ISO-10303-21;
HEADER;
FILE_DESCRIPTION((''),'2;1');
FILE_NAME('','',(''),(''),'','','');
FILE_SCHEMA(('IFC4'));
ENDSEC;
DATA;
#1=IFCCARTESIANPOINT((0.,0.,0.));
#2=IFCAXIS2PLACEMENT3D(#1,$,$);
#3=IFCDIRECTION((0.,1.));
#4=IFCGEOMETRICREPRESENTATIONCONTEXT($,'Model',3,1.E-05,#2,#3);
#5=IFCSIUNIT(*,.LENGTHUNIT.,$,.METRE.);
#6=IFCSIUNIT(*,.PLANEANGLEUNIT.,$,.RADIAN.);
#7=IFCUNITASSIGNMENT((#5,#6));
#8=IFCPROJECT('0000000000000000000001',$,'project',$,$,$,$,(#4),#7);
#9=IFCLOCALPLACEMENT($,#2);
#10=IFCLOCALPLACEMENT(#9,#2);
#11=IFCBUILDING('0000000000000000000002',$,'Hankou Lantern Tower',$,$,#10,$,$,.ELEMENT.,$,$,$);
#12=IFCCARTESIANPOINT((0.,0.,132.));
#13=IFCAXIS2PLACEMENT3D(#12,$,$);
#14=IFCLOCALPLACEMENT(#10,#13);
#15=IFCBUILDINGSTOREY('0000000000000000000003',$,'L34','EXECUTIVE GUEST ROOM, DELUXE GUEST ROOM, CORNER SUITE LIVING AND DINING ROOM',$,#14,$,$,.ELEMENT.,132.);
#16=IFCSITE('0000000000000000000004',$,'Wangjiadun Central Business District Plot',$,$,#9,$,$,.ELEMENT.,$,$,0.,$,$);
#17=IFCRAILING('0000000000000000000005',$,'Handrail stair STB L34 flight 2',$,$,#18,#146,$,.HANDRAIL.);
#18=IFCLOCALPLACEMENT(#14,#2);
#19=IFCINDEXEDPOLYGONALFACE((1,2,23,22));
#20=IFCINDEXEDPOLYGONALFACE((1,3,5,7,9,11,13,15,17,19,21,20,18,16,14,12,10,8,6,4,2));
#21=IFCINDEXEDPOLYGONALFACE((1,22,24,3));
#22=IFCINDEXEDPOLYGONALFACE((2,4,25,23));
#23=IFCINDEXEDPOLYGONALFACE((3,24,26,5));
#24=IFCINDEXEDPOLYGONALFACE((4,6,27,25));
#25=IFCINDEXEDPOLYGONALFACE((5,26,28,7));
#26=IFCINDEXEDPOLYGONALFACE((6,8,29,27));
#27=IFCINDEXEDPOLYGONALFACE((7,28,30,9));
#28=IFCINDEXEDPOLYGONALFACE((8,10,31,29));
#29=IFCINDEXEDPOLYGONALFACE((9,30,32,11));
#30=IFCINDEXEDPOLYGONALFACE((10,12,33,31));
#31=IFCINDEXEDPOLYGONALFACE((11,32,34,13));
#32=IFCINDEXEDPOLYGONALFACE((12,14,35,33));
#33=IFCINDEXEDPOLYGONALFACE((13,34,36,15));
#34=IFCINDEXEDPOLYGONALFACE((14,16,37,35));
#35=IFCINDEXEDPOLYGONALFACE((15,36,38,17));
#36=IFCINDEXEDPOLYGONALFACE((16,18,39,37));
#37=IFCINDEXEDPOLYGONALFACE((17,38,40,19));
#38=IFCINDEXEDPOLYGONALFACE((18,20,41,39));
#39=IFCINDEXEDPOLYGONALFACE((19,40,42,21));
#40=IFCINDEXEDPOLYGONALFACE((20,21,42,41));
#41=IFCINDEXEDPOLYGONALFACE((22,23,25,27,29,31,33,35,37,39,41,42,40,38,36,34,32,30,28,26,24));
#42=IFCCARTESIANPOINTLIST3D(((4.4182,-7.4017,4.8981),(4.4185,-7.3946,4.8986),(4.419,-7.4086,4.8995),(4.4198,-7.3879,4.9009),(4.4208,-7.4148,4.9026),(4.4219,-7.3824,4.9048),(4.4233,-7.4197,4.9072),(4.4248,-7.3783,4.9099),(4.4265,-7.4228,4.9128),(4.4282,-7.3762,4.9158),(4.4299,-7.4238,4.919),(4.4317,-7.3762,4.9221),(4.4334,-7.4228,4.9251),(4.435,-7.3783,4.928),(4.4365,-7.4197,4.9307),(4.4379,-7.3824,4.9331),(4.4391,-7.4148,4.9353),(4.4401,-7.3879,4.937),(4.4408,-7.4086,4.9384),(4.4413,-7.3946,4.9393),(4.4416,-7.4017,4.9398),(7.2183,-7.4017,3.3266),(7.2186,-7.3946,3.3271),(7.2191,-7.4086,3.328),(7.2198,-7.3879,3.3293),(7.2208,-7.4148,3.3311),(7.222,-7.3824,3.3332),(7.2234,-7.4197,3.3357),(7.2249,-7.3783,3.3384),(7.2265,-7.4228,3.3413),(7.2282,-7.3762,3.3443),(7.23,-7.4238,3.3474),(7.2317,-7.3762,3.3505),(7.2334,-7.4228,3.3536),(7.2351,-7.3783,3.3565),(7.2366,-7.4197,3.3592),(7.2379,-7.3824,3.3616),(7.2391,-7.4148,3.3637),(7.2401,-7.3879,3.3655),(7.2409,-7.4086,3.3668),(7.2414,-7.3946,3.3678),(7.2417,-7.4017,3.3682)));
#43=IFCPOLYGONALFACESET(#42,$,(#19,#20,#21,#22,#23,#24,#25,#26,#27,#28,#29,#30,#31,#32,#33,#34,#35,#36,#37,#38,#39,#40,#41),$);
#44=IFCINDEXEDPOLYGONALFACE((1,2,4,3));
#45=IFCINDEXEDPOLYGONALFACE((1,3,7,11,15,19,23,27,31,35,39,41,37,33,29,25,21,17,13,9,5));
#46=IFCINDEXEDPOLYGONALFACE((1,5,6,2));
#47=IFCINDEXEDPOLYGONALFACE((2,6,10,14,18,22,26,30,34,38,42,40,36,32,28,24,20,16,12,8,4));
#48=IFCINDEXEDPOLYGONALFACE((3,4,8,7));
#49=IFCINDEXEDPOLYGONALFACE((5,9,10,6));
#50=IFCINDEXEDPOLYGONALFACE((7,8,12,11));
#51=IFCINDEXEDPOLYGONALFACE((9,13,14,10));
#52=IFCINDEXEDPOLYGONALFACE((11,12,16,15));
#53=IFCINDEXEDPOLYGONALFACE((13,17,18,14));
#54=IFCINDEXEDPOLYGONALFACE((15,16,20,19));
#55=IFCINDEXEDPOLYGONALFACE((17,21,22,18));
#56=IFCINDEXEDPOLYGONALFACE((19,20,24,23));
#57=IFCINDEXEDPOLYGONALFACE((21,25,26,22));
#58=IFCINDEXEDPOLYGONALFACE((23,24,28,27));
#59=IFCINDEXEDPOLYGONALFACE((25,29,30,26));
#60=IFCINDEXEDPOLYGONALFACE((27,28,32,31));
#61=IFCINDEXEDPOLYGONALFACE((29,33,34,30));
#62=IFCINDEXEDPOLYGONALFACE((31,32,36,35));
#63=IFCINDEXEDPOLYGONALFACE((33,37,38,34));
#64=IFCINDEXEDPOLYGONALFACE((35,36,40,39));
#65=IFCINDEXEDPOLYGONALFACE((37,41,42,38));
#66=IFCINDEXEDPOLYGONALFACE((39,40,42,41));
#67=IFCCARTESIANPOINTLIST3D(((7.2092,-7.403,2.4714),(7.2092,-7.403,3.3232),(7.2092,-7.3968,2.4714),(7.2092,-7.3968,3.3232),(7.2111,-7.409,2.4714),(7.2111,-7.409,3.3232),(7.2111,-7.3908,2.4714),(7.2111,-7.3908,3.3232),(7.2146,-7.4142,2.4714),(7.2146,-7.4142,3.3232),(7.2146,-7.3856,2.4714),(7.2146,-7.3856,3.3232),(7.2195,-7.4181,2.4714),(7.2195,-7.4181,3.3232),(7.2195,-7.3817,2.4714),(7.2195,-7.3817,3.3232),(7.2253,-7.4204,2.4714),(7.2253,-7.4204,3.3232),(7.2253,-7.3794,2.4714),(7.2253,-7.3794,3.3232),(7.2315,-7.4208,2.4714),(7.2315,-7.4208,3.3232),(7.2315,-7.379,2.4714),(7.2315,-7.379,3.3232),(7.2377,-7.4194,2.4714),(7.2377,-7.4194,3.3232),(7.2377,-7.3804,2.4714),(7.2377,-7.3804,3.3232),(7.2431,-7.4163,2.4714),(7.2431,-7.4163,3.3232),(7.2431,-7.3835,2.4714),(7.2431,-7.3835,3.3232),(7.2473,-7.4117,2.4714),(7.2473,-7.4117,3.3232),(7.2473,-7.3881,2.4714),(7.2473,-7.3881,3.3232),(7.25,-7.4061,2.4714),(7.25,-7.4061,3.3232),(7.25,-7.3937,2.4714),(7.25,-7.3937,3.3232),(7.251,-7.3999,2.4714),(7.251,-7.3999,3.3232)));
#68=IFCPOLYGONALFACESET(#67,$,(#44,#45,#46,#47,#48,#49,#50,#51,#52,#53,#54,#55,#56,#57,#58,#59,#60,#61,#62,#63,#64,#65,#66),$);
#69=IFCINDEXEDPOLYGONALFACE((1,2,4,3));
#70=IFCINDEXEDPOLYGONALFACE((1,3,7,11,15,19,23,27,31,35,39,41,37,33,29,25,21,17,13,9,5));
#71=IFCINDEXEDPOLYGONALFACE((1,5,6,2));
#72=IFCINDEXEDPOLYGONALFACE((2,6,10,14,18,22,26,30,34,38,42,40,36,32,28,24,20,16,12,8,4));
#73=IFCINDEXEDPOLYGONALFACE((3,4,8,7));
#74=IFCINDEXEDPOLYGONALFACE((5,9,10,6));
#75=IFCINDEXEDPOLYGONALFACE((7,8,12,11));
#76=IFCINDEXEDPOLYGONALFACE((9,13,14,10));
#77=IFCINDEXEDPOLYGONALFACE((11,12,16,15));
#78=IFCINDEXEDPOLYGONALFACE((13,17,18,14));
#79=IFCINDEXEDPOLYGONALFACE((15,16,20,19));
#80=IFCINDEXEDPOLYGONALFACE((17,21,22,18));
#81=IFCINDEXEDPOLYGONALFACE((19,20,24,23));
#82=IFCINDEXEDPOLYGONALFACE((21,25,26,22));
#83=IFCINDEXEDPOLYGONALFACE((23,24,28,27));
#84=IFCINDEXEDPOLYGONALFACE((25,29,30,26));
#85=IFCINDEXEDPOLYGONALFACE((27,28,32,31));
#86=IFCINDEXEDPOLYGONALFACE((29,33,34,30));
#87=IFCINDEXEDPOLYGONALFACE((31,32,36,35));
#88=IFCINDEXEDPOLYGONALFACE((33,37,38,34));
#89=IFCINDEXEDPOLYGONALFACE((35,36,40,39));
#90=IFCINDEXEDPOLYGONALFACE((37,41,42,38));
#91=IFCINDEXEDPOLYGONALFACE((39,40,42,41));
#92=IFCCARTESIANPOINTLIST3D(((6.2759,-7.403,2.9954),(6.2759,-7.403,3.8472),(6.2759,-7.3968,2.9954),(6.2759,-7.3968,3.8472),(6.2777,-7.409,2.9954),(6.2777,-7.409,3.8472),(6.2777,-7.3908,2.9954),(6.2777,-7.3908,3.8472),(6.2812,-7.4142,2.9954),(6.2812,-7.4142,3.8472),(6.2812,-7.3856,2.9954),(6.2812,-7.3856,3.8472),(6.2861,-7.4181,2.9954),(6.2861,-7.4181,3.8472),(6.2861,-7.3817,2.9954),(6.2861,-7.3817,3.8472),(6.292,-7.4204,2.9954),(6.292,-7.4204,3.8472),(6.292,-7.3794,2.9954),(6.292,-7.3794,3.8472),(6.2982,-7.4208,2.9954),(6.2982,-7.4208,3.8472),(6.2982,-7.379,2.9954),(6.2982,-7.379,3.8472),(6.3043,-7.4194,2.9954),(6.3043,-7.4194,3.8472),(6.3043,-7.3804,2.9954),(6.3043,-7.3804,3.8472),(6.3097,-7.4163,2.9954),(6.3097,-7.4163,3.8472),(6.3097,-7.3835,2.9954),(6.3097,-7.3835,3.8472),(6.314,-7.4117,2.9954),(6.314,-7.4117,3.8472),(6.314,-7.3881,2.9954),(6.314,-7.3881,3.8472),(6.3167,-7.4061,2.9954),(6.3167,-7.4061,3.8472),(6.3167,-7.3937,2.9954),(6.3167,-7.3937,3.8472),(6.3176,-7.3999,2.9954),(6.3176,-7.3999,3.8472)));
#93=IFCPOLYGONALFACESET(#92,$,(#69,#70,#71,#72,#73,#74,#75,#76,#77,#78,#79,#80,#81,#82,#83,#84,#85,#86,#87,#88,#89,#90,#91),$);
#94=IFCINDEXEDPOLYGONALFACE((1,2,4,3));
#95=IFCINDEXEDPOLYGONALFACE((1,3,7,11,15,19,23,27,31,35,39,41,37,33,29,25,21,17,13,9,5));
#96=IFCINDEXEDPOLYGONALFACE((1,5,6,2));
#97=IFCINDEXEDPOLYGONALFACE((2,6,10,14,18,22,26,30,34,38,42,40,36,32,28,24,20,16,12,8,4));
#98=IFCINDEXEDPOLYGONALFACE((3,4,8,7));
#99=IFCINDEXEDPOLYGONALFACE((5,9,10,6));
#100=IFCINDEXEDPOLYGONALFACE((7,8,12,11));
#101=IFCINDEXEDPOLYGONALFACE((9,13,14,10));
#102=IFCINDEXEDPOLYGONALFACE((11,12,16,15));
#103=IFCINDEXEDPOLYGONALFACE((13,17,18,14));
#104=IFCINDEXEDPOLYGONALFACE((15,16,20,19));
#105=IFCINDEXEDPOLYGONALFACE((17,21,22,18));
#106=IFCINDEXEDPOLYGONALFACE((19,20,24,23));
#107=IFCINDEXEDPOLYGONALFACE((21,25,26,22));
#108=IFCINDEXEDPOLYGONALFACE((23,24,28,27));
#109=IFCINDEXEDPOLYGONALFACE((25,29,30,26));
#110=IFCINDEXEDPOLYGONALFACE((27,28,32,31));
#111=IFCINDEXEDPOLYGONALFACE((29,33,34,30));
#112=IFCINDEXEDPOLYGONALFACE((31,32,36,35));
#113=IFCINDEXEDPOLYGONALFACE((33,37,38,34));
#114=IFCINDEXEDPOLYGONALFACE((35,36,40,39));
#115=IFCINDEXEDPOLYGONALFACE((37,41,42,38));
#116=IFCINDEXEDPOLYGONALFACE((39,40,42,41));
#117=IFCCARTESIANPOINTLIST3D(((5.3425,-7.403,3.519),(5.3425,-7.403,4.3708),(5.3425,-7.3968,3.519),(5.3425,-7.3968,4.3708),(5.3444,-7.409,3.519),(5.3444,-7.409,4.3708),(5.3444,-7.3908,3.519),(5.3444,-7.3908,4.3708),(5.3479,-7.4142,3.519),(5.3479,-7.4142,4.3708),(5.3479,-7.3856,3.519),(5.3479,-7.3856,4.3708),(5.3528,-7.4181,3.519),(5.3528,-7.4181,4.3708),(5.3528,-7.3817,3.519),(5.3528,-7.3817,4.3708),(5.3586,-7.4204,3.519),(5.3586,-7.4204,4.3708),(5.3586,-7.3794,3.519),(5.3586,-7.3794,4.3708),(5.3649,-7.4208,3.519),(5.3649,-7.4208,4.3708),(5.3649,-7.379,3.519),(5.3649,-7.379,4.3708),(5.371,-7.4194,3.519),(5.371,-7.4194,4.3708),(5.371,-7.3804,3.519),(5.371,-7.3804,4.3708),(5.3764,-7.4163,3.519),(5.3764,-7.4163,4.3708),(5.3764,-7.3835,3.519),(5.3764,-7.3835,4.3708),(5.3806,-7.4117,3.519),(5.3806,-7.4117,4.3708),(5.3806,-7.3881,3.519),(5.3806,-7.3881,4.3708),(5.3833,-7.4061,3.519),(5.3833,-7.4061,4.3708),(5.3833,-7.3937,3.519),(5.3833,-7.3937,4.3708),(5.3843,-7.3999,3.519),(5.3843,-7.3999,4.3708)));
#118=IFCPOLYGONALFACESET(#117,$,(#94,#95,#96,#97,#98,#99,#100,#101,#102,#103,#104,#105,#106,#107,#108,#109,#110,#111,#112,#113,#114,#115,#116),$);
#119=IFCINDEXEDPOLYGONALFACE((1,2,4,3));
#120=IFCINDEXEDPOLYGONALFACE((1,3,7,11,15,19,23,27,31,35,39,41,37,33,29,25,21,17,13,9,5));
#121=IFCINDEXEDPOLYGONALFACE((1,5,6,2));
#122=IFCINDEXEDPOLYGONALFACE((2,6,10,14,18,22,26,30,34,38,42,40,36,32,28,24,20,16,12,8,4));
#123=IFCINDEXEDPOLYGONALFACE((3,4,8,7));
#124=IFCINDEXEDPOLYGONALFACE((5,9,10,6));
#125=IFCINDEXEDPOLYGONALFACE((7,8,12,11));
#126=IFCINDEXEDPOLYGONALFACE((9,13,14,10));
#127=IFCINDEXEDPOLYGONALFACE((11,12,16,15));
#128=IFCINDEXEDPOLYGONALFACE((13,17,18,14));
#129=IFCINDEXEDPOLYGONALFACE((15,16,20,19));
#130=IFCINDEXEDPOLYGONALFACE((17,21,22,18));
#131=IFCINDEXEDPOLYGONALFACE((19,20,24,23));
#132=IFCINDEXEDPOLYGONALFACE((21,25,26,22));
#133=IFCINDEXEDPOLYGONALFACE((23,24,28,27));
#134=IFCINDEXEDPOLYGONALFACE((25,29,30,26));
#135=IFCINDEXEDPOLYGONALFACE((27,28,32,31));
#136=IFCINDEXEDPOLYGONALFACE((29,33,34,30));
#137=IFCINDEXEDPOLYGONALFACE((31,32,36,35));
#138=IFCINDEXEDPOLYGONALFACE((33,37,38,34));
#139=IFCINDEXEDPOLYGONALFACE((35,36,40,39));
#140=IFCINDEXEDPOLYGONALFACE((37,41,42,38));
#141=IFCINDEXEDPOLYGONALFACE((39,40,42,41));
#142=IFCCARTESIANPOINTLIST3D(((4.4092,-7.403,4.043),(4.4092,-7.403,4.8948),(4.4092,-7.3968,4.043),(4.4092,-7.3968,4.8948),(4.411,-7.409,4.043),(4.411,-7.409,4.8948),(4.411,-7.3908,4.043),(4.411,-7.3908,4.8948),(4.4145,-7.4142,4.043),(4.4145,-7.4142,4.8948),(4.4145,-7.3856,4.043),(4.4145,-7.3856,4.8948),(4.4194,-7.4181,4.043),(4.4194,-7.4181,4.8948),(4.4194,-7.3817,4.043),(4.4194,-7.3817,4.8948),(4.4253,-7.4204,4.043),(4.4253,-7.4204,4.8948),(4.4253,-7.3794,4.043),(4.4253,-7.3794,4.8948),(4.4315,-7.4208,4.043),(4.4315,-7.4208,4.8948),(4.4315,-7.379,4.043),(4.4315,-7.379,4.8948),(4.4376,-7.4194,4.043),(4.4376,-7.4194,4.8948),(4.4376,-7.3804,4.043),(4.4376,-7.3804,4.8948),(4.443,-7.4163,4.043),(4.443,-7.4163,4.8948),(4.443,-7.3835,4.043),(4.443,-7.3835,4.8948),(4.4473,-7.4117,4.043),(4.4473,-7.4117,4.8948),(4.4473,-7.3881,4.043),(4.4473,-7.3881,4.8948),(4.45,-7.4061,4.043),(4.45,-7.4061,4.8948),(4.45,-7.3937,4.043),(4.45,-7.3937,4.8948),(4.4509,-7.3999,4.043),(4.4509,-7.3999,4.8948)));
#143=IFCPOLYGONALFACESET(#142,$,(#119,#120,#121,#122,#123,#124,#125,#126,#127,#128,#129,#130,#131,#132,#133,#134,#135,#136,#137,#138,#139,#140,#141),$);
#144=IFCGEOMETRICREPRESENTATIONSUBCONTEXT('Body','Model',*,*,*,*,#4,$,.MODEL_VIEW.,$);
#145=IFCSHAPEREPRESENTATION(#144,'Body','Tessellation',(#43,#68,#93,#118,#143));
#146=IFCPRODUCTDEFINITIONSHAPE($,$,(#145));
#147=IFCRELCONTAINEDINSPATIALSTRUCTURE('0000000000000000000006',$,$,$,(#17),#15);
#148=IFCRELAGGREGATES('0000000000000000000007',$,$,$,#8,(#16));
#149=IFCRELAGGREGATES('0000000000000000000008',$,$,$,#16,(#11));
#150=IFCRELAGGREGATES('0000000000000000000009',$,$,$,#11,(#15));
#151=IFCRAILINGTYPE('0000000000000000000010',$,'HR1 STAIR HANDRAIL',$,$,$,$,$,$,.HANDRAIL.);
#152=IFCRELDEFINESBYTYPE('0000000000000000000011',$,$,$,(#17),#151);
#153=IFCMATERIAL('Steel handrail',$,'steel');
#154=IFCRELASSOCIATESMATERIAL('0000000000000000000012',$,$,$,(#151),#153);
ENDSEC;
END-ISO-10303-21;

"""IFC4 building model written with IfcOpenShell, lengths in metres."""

from ifc_helpers import new_model, si_unit, direction, frame, origin, origin_2d, place, context, subcontext, project, spatial, circle, extrude, material, type_object, element, save


model = new_model("IFC4")

# Units and contexts
model_context = context("Model", 3, precision=1e-05, world=origin(), true_north=direction((0.0, 1.0)))
body_context = subcontext(model_context, "Body", "Model", "MODEL_VIEW")
ifc_project = project(units=[si_unit("LENGTHUNIT", "METRE"), si_unit("PLANEANGLEUNIT", "RADIAN")], contexts=[model_context])

# Site, building, storey
site_placement = place(None, origin())
site = spatial("IfcSite", under=ifc_project, at=site_placement, Name="Wangjiadun Central Business District Plot", CompositionType="ELEMENT", RefElevation=0.0)
building_placement = place(site_placement, origin())
building = spatial("IfcBuilding", under=site, at=building_placement, Name="Hankou Lantern Tower", CompositionType="ELEMENT")
storey_placement = place(building_placement, frame((0.0, 0.0, 132.0)))
storey = spatial("IfcBuildingStorey", under=building, at=storey_placement, Name="L34", Description="EXECUTIVE GUEST ROOM, DELUXE GUEST ROOM, CORNER SUITE LIVING AND DINING ROOM", CompositionType="ELEMENT", Elevation=132.0)

# Railing
ifc_material_1 = material(Name="Steel handrail", Category="steel")
railing_type = type_object("IfcRailingType", Name="HR1 STAIR HANDRAIL", PredefinedType="HANDRAIL", material=ifc_material_1)
railing_1_placement = place(storey_placement, frame((7.23, -7.3999, 2.4714)))
element("IfcRailing", 1, at=railing_1_placement, inside=storey, type_object=railing_type, Name="Handrail stair STB L34 flight 2", PredefinedType="HANDRAIL", context=body_context, shape_type="SweptSolid", body=[
    extrude(circle(Radius=0.0239, at=origin_2d()), frame((0.0, 0.0, 0.876), z_axis=(-0.87204, 0.0, 0.489434), x_axis=(0.0, -1.0, 0.0)), (0.0, 0.0, 1.0), 3.2109),
    extrude(circle(Radius=0.021, at=origin_2d()), origin(), (0.0, 0.0, 1.0), 0.8518),
    extrude(circle(Radius=0.021, at=origin_2d()), frame((-0.9333, 0.0, 0.5239)), (0.0, 0.0, 1.0), 0.8518),
    extrude(circle(Radius=0.021, at=origin_2d()), frame((-1.8667, 0.0, 1.0476)), (0.0, 0.0, 1.0), 0.8518),
    extrude(circle(Radius=0.021, at=origin_2d()), frame((-2.8, 0.0, 1.5715)), (0.0, 0.0, 1.0), 0.8518),
])

save(model, "model.ifc")
